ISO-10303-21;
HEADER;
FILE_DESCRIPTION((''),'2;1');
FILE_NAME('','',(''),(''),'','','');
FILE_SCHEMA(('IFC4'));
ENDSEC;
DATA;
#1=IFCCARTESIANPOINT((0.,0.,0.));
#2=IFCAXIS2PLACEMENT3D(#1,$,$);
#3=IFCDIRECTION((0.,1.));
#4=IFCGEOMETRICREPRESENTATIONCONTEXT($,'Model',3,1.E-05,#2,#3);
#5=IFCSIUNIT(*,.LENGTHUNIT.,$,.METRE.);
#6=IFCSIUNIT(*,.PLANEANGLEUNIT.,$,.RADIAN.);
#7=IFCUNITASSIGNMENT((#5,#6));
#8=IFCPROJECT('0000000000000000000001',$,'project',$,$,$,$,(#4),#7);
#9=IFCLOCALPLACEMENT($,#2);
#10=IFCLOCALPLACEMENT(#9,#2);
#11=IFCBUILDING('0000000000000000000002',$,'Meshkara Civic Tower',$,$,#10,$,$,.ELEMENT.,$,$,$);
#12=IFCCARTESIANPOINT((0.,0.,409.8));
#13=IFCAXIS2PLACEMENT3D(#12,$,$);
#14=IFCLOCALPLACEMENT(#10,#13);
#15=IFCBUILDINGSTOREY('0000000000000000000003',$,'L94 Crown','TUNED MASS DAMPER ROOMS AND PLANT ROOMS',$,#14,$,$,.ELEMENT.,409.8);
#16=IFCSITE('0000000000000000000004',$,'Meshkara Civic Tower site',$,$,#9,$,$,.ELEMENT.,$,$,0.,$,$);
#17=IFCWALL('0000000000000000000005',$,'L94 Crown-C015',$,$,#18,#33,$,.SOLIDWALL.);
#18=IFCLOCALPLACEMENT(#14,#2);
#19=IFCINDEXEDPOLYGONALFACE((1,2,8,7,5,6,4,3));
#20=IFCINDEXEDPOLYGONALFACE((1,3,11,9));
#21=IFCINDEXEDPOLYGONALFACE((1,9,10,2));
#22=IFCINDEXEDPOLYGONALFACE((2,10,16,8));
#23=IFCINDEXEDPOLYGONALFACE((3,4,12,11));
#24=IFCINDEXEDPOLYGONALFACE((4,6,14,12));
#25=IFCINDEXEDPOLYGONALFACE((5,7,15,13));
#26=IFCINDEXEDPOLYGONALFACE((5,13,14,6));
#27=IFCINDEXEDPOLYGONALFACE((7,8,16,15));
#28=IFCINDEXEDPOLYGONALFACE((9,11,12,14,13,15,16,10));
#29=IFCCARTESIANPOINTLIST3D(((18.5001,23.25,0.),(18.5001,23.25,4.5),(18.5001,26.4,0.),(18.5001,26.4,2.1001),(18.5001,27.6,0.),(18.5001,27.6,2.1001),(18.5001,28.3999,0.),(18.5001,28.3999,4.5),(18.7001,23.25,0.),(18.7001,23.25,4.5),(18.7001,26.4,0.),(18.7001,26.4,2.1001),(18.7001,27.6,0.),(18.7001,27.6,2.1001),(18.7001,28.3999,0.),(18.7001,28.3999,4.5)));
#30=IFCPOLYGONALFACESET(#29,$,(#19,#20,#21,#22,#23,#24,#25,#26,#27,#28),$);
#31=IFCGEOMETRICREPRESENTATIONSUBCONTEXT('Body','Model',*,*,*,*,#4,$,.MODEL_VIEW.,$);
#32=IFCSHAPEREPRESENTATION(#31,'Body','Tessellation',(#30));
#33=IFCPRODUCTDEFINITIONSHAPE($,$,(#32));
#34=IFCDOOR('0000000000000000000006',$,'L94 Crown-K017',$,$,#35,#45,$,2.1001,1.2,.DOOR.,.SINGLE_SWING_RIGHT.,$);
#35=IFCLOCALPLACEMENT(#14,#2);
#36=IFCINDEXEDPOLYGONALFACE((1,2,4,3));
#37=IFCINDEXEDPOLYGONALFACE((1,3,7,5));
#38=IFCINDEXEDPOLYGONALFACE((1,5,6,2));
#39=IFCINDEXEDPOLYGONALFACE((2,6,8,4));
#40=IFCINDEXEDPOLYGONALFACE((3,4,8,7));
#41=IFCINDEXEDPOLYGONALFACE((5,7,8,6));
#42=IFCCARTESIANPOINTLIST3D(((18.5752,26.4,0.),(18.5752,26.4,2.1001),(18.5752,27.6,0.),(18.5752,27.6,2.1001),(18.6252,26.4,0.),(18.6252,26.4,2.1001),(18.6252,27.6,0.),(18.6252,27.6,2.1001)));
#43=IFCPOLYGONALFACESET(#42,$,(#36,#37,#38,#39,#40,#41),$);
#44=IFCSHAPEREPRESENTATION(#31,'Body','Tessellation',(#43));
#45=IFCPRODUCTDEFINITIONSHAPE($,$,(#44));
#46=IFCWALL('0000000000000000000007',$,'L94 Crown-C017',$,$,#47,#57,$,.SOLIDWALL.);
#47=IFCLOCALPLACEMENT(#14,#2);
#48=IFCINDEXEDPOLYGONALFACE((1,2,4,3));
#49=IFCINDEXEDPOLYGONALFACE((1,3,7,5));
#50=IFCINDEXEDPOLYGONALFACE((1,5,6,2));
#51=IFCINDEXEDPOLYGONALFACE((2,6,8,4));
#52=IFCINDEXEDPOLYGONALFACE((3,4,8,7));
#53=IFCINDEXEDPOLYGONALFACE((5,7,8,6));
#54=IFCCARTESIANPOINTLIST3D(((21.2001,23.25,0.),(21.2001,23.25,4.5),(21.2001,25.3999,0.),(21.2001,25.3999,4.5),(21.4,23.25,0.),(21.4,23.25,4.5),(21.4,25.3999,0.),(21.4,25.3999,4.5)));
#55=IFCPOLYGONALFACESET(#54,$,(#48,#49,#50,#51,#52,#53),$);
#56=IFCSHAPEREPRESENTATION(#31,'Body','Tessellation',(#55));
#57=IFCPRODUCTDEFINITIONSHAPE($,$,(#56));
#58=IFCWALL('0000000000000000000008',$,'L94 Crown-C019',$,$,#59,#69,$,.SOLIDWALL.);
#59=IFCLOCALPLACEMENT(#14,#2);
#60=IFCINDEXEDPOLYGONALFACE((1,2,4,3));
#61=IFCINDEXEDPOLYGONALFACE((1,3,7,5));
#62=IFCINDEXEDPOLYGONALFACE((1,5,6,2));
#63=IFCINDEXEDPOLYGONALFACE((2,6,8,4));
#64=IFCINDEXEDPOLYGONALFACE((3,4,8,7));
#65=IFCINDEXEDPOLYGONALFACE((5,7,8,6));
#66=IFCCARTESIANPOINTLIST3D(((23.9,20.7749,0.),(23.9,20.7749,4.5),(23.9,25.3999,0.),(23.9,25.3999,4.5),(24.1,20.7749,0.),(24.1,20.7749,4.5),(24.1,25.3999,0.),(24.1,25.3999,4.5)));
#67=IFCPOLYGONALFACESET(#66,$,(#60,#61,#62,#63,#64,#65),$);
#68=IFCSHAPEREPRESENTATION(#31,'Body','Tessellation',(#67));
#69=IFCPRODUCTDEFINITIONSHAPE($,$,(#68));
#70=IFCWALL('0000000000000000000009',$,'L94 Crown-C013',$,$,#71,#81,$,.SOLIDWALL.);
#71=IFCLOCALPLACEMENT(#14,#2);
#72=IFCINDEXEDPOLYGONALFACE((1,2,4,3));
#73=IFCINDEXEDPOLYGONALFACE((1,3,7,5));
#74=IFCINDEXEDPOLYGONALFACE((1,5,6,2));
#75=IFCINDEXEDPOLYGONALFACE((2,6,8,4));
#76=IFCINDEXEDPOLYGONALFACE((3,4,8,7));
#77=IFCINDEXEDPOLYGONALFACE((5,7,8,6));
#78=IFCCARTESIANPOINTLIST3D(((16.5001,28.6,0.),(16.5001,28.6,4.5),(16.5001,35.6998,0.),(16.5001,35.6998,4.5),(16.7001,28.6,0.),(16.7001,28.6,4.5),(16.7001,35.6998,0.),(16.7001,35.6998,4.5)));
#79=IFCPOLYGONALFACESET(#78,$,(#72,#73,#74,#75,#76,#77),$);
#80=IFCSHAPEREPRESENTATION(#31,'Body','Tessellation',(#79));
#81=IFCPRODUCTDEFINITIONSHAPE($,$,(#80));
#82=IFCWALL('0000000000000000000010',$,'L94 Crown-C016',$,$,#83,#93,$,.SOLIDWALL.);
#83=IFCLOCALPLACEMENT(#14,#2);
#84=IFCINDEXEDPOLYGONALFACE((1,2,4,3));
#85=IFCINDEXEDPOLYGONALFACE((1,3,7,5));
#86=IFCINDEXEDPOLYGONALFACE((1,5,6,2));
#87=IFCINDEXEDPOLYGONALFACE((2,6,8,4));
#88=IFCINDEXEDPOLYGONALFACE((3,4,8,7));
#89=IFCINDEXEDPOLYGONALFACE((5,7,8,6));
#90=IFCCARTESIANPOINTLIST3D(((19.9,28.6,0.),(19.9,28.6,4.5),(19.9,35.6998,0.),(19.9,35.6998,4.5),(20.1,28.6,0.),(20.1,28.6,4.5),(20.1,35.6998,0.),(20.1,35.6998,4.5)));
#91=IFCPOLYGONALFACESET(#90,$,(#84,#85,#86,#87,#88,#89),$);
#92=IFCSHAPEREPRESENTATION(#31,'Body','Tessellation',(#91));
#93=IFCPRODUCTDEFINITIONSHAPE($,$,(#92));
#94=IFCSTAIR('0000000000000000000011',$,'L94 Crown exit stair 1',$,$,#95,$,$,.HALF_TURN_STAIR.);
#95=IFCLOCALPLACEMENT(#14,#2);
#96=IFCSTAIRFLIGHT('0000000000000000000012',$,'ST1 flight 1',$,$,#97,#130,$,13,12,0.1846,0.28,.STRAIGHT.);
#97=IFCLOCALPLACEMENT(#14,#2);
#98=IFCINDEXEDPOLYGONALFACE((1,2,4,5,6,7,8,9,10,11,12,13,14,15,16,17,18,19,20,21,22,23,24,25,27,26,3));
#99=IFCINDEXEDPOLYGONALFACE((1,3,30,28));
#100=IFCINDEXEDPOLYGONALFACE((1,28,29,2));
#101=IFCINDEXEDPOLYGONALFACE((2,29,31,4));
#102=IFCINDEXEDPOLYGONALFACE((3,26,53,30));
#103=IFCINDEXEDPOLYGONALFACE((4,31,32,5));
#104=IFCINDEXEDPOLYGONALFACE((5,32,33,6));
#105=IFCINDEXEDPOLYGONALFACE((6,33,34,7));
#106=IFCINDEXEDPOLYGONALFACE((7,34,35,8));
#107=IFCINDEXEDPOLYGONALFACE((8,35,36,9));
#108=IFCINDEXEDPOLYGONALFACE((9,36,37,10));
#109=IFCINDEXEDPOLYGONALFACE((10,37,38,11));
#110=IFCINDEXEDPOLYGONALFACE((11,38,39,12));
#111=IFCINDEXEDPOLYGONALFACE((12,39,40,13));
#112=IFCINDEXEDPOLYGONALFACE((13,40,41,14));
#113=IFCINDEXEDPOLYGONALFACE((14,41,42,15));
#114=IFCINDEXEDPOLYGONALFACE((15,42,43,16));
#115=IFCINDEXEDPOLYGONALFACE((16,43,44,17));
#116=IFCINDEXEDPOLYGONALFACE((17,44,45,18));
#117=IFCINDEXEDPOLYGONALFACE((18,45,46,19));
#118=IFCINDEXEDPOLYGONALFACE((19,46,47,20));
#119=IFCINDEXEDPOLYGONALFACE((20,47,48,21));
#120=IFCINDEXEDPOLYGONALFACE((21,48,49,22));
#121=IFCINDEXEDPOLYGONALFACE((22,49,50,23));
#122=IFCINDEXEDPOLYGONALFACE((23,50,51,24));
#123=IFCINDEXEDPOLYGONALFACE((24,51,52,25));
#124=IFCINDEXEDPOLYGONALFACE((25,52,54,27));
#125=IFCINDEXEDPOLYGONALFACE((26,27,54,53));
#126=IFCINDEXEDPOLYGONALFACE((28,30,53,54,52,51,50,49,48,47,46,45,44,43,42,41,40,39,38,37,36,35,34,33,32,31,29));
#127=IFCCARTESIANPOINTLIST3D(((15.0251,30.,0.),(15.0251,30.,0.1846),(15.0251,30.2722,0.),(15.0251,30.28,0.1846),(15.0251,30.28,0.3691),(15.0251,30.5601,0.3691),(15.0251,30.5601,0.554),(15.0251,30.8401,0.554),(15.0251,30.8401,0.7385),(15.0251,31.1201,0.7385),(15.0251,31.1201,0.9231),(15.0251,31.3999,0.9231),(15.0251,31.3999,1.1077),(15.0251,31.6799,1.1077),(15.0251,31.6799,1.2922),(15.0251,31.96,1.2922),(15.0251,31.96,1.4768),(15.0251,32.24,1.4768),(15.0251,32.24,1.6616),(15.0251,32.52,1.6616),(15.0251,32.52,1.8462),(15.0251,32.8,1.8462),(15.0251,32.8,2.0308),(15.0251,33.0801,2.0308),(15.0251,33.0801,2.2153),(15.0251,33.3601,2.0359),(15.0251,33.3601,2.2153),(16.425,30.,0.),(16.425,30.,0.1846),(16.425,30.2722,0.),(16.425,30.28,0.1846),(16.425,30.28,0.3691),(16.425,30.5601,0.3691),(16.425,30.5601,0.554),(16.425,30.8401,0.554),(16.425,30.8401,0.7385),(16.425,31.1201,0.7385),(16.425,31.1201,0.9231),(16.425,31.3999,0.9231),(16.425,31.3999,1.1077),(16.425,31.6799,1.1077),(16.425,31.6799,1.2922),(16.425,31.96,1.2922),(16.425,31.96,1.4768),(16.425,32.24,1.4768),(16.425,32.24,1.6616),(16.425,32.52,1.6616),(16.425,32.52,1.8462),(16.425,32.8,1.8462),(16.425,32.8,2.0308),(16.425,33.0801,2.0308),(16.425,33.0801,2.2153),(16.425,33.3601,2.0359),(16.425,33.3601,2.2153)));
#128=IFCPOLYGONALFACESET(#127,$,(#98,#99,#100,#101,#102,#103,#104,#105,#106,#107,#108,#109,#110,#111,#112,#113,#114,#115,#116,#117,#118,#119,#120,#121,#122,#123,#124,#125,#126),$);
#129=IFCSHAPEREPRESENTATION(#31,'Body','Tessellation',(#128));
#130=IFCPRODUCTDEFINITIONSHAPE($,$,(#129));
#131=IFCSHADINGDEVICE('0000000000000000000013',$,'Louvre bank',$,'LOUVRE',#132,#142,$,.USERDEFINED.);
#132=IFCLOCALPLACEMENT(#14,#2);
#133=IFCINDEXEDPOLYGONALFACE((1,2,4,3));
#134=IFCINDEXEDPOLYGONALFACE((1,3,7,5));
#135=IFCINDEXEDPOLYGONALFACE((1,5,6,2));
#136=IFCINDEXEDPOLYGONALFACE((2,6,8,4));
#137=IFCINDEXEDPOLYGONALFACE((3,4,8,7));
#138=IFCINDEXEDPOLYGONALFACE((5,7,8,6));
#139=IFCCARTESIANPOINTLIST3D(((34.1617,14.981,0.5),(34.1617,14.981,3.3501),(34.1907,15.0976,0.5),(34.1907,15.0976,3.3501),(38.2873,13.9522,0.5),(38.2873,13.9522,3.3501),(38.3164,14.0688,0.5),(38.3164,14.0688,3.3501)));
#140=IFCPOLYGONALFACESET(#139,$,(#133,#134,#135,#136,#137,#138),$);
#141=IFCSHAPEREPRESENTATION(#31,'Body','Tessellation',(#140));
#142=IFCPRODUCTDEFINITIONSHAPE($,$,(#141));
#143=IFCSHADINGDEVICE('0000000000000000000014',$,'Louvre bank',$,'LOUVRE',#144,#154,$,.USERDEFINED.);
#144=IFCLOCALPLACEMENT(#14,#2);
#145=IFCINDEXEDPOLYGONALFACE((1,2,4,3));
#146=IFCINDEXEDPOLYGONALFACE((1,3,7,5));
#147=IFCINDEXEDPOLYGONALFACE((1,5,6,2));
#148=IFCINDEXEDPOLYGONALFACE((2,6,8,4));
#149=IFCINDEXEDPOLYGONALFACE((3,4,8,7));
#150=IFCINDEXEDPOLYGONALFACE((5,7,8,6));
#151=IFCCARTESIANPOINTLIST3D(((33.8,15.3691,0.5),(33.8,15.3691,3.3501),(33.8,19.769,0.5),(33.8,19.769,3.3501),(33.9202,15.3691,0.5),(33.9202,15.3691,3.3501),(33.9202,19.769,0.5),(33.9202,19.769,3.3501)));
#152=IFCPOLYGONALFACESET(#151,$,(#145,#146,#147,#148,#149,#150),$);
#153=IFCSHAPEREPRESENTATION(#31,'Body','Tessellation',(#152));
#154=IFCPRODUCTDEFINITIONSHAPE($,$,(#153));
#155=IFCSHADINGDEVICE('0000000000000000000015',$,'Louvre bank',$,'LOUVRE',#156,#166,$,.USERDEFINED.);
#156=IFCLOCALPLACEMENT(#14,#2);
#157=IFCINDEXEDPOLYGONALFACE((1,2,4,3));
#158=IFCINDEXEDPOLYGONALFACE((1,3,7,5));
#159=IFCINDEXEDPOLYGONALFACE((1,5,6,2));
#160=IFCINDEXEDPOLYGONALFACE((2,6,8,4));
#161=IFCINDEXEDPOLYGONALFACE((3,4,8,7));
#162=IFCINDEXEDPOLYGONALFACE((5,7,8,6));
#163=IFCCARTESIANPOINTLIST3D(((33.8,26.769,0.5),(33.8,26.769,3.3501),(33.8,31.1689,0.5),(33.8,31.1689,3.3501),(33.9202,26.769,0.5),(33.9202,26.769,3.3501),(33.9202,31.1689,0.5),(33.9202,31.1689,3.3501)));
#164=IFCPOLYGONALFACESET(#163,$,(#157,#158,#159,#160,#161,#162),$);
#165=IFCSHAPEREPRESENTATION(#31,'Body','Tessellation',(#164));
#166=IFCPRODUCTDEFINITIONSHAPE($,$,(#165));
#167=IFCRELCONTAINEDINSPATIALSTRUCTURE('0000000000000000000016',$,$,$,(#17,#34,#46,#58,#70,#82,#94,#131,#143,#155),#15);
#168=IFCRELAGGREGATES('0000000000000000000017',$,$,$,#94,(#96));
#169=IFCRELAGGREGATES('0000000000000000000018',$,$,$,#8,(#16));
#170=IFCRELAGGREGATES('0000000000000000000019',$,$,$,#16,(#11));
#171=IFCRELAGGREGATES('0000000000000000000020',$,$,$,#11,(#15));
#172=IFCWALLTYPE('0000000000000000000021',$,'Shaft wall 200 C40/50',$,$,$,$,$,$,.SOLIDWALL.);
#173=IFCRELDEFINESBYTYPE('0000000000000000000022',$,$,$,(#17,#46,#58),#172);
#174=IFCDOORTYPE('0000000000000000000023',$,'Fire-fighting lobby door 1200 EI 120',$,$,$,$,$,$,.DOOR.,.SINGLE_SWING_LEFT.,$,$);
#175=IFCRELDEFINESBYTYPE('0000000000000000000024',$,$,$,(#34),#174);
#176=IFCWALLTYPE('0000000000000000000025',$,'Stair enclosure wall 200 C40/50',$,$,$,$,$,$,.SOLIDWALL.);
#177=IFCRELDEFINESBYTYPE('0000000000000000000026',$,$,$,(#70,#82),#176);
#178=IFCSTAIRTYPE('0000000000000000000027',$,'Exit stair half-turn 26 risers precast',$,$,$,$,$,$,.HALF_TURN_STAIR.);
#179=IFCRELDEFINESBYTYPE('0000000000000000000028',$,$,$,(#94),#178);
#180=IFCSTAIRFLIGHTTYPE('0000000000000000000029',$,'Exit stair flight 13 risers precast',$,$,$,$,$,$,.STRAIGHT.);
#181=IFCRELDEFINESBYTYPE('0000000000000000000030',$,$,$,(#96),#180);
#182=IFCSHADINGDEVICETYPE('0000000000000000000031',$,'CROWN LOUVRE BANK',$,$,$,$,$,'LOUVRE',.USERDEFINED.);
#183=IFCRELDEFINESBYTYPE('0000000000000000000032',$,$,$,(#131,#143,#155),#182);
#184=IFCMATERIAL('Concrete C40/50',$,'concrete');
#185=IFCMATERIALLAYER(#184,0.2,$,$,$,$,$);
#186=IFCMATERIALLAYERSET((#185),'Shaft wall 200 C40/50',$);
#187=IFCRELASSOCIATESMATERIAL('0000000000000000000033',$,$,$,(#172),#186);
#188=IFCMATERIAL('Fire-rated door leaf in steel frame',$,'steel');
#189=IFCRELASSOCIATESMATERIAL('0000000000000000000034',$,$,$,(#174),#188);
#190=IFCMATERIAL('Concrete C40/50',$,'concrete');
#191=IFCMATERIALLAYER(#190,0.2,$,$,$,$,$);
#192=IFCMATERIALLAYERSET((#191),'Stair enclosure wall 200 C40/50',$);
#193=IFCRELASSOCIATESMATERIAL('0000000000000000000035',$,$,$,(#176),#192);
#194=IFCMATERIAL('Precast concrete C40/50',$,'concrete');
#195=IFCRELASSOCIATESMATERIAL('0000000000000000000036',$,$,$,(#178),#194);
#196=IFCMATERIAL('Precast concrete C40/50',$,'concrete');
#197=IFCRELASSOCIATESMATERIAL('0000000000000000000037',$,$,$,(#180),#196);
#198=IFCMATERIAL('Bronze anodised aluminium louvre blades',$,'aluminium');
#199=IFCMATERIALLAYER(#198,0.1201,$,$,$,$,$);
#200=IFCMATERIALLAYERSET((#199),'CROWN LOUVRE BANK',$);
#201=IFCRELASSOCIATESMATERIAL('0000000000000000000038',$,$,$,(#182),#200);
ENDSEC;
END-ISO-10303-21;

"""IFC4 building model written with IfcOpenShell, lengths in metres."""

from ifc_helpers import new_model, si_unit, direction, frame, frame_2d, origin, origin_2d, place, context, subcontext, project, spatial, polyline, rectangle, outline, extrude, material, layer, layer_set, type_object, element, fill, aggregate, save


model = new_model("IFC4")

# Units and contexts
model_context = context("Model", 3, precision=1e-05, world=origin(), true_north=direction((0.0, 1.0)))
body_context = subcontext(model_context, "Body", "Model", "MODEL_VIEW")
ifc_project = project(units=[si_unit("LENGTHUNIT", "METRE"), si_unit("PLANEANGLEUNIT", "RADIAN")], contexts=[model_context])

# Site, building, storey
site_placement = place(None, origin())
site = spatial("IfcSite", under=ifc_project, at=site_placement, Name="Meshkara Civic Tower site", CompositionType="ELEMENT", RefElevation=0.0)
building_placement = place(site_placement, origin())
building = spatial("IfcBuilding", under=site, at=building_placement, Name="Meshkara Civic Tower", CompositionType="ELEMENT")
storey_placement = place(building_placement, frame((0.0, 0.0, 409.8)))
storey = spatial("IfcBuildingStorey", under=building, at=storey_placement, Name="L94 Crown", Description="TUNED MASS DAMPER ROOMS AND PLANT ROOMS", CompositionType="ELEMENT", Elevation=409.8)

# Shared definitions
ifc_material_1 = material(Name="Concrete C40/50", Category="concrete")
ifc_layer_1 = layer(ifc_material_1, 0.2)
ifc_layer_set_1 = layer_set([ifc_layer_1], Name="Shaft wall 200 C40/50")
wall_type_1 = type_object("IfcWallType", Name="Shaft wall 200 C40/50", PredefinedType="SOLIDWALL", material=ifc_layer_set_1)

# Wall, opening, door
wall_1_placement = place(storey_placement, frame((18.6001, 23.25, 0.0), z_axis=(0.0, 0.0, 1.0), x_axis=(0.0, 1.0, 0.0)))
wall_1 = element("IfcWall", 1, at=wall_1_placement, inside=storey, type_object=wall_type_1, Name="L94 Crown-C015", PredefinedType="SOLIDWALL", context=body_context, shape_type="SweptSolid", body=[
    extrude(rectangle(XDim=5.1499, YDim=0.2, at=frame_2d((2.575, 0.0))), origin(), (0.0, 0.0, 1.0), 4.5),
])
opening_placement = place(wall_1_placement, frame((3.1499, 0.0, 0.0)))
opening = element("IfcOpeningElement", 2, at=opening_placement, cuts=wall_1, PredefinedType="OPENING", context=body_context, shape_type="SweptSolid", body=[
    extrude(rectangle(XDim=1.2, YDim=2.1001, at=frame_2d((0.6001, 1.05))), frame((0.0, 0.1099, 0.0), z_axis=(0.0, -1.0, 0.0), x_axis=(1.0, 0.0, 0.0)), (0.0, 0.0, 1.0), 0.22),
])
ifc_material_2 = material(Name="Fire-rated door leaf in steel frame", Category="steel")
door_type = type_object("IfcDoorType", Name="Fire-fighting lobby door 1200 EI 120", OperationType="SINGLE_SWING_LEFT", PredefinedType="DOOR", material=ifc_material_2)
door_placement = place(opening_placement, origin())
door = element("IfcDoor", 3, at=door_placement, inside=storey, type_object=door_type, Name="L94 Crown-K017", OperationType="SINGLE_SWING_RIGHT", OverallHeight=2.1001, OverallWidth=1.2, PredefinedType="DOOR", context=body_context, shape_type="SweptSolid", body=[
    extrude(rectangle(XDim=1.2, YDim=2.1001, at=frame_2d((0.6001, 1.05))), frame((0.0, 0.0249, 0.0), z_axis=(0.0, -1.0, 0.0), x_axis=(1.0, 0.0, 0.0)), (0.0, 0.0, 1.0), 0.05),
])
fill(opening, door)

# Walls
wall_2_placement = place(storey_placement, frame((21.3, 23.25, 0.0), z_axis=(0.0, 0.0, 1.0), x_axis=(0.0, 1.0, 0.0)))
element("IfcWall", 4, at=wall_2_placement, inside=storey, type_object=wall_type_1, Name="L94 Crown-C017", PredefinedType="SOLIDWALL", context=body_context, shape_type="SweptSolid", body=[
    extrude(rectangle(XDim=2.1499, YDim=0.2, at=frame_2d((1.075, 0.0))), origin(), (0.0, 0.0, 1.0), 4.5),
])
wall_3_placement = place(storey_placement, frame((24.0, 20.7749, 0.0), z_axis=(0.0, 0.0, 1.0), x_axis=(0.0, 1.0, 0.0)))
element("IfcWall", 5, at=wall_3_placement, inside=storey, type_object=wall_type_1, Name="L94 Crown-C019", PredefinedType="SOLIDWALL", context=body_context, shape_type="SweptSolid", body=[
    extrude(rectangle(XDim=4.625, YDim=0.2, at=frame_2d((2.3125, 0.0))), origin(), (0.0, 0.0, 1.0), 4.5),
])
ifc_material_3 = material(Name="Concrete C40/50", Category="concrete")
ifc_layer_2 = layer(ifc_material_3, 0.2)
ifc_layer_set_2 = layer_set([ifc_layer_2], Name="Stair enclosure wall 200 C40/50")
wall_type_2 = type_object("IfcWallType", Name="Stair enclosure wall 200 C40/50", PredefinedType="SOLIDWALL", material=ifc_layer_set_2)
for number, where, z_axis, x_axis, name in (
    (6, (16.6001, 28.6001, 0.0), (0.0, 0.0, 1.0), (0.0, 1.0, 0.0), "L94 Crown-C013"),
    (7, (20.0, 28.6001, 0.0), (0.0, 0.0, 1.0), (0.0, 1.0, 0.0), "L94 Crown-C016"),
):
    element("IfcWall", number, at=place(storey_placement, frame(where, z_axis=z_axis, x_axis=x_axis)), inside=storey, type_object=wall_type_2, Name=name, PredefinedType="SOLIDWALL", context=body_context, shape_type="SweptSolid", body=[
        extrude(rectangle(XDim=7.0999, YDim=0.2, at=frame_2d((3.5498, 0.0))), origin(), (0.0, 0.0, 1.0), 4.5),
    ])

# Stair, stair flight
ifc_material_4 = material(Name="Precast concrete C40/50", Category="concrete")
stair_type = type_object("IfcStairType", Name="Exit stair half-turn 26 risers precast", PredefinedType="HALF_TURN_STAIR", material=ifc_material_4)
stair_placement = place(storey_placement, origin())
stair = element("IfcStair", 8, at=stair_placement, inside=storey, type_object=stair_type, Name="L94 Crown exit stair 1", PredefinedType="HALF_TURN_STAIR")
ifc_material_5 = material(Name="Precast concrete C40/50", Category="concrete")
stair_flight_type = type_object("IfcStairFlightType", Name="Exit stair flight 13 risers precast", PredefinedType="STRAIGHT", material=ifc_material_5)
stair_flight_placement = place(storey_placement, frame((15.7251, 30.0, 0.0), z_axis=(0.0, 0.0, 1.0), x_axis=(0.0, 1.0, 0.0)))
stair_flight = element("IfcStairFlight", 9, at=stair_flight_placement, type_object=stair_flight_type, Name="ST1 flight 1", NumberOfRisers=13, NumberOfTreads=12, PredefinedType="STRAIGHT", RiserHeight=0.1846, TreadLength=0.28, context=body_context, shape_type="SweptSolid", body=[
    extrude(outline(polyline([(0.0, 0.0), (0.0, 0.1846), (0.28, 0.1846), (0.28, 0.3691), (0.5601, 0.3691), (0.5601, 0.554), (0.8401, 0.554), (0.8401, 0.7385), (1.1201, 0.7385), (1.1201, 0.9231), (1.3999, 0.9231), (1.3999, 1.1077), (1.6799, 1.1077), (1.6799, 1.2922), (1.96, 1.2922), (1.96, 1.4768), (2.24, 1.4768), (2.24, 1.6616), (2.52, 1.6616), (2.52, 1.8462), (2.8, 1.8462), (2.8, 2.0308), (3.0801, 2.0308), (3.0801, 2.2153), (3.3601, 2.2153), (3.3601, 2.3999), (3.3601, 2.0359), (0.2722, 0.0), (0.0, 0.0)])), frame((0.0, 0.7, 0.0), z_axis=(0.0, -1.0, 0.0), x_axis=(1.0, 0.0, 0.0)), (0.0, 0.0, 1.0), 1.3999),
])
aggregate(stair, [stair_flight])

# Shading devices
ifc_material_6 = material(Name="Bronze anodised aluminium louvre blades", Category="aluminium")
ifc_layer_3 = layer(ifc_material_6, 0.1201)
ifc_layer_set_3 = layer_set([ifc_layer_3], Name="CROWN LOUVRE BANK")
shading_device_type = type_object("IfcShadingDeviceType", Name="CROWN LOUVRE BANK", ElementType="LOUVRE", PredefinedType="USERDEFINED", material=ifc_layer_set_3)
shading_device_placement = place(storey_placement, frame((36.239, 14.5249, 0.5), z_axis=(0.0, 0.0, 1.0), x_axis=(-0.970287, 0.241956, 0.0)))
element("IfcShadingDevice", 10, at=shading_device_placement, inside=storey, type_object=shading_device_type, Name="Louvre bank", ObjectType="LOUVRE", PredefinedType="USERDEFINED", context=body_context, shape_type="SweptSolid", body=[
    extrude(rectangle(XDim=4.252, YDim=0.1201, at=origin_2d()), origin(), (0.0, 0.0, 1.0), 2.8501),
])
for number, where, z_axis, x_axis, name in (
    (11, (33.8601, 17.5691, 0.5), (0.0, 0.0, 1.0), (0.0, 1.0, 0.0), "Louvre bank"),
    (12, (33.8601, 28.969, 0.5), (0.0, 0.0, 1.0), (0.0, 1.0, 0.0), "Louvre bank"),
):
    element("IfcShadingDevice", number, at=place(storey_placement, frame(where, z_axis=z_axis, x_axis=x_axis)), inside=storey, type_object=shading_device_type, Name=name, ObjectType="LOUVRE", PredefinedType="USERDEFINED", context=body_context, shape_type="SweptSolid", body=[
        extrude(rectangle(XDim=4.3999, YDim=0.1201, at=origin_2d()), origin(), (0.0, 0.0, 1.0), 2.8501),
    ])

save(model, "model.ifc")
